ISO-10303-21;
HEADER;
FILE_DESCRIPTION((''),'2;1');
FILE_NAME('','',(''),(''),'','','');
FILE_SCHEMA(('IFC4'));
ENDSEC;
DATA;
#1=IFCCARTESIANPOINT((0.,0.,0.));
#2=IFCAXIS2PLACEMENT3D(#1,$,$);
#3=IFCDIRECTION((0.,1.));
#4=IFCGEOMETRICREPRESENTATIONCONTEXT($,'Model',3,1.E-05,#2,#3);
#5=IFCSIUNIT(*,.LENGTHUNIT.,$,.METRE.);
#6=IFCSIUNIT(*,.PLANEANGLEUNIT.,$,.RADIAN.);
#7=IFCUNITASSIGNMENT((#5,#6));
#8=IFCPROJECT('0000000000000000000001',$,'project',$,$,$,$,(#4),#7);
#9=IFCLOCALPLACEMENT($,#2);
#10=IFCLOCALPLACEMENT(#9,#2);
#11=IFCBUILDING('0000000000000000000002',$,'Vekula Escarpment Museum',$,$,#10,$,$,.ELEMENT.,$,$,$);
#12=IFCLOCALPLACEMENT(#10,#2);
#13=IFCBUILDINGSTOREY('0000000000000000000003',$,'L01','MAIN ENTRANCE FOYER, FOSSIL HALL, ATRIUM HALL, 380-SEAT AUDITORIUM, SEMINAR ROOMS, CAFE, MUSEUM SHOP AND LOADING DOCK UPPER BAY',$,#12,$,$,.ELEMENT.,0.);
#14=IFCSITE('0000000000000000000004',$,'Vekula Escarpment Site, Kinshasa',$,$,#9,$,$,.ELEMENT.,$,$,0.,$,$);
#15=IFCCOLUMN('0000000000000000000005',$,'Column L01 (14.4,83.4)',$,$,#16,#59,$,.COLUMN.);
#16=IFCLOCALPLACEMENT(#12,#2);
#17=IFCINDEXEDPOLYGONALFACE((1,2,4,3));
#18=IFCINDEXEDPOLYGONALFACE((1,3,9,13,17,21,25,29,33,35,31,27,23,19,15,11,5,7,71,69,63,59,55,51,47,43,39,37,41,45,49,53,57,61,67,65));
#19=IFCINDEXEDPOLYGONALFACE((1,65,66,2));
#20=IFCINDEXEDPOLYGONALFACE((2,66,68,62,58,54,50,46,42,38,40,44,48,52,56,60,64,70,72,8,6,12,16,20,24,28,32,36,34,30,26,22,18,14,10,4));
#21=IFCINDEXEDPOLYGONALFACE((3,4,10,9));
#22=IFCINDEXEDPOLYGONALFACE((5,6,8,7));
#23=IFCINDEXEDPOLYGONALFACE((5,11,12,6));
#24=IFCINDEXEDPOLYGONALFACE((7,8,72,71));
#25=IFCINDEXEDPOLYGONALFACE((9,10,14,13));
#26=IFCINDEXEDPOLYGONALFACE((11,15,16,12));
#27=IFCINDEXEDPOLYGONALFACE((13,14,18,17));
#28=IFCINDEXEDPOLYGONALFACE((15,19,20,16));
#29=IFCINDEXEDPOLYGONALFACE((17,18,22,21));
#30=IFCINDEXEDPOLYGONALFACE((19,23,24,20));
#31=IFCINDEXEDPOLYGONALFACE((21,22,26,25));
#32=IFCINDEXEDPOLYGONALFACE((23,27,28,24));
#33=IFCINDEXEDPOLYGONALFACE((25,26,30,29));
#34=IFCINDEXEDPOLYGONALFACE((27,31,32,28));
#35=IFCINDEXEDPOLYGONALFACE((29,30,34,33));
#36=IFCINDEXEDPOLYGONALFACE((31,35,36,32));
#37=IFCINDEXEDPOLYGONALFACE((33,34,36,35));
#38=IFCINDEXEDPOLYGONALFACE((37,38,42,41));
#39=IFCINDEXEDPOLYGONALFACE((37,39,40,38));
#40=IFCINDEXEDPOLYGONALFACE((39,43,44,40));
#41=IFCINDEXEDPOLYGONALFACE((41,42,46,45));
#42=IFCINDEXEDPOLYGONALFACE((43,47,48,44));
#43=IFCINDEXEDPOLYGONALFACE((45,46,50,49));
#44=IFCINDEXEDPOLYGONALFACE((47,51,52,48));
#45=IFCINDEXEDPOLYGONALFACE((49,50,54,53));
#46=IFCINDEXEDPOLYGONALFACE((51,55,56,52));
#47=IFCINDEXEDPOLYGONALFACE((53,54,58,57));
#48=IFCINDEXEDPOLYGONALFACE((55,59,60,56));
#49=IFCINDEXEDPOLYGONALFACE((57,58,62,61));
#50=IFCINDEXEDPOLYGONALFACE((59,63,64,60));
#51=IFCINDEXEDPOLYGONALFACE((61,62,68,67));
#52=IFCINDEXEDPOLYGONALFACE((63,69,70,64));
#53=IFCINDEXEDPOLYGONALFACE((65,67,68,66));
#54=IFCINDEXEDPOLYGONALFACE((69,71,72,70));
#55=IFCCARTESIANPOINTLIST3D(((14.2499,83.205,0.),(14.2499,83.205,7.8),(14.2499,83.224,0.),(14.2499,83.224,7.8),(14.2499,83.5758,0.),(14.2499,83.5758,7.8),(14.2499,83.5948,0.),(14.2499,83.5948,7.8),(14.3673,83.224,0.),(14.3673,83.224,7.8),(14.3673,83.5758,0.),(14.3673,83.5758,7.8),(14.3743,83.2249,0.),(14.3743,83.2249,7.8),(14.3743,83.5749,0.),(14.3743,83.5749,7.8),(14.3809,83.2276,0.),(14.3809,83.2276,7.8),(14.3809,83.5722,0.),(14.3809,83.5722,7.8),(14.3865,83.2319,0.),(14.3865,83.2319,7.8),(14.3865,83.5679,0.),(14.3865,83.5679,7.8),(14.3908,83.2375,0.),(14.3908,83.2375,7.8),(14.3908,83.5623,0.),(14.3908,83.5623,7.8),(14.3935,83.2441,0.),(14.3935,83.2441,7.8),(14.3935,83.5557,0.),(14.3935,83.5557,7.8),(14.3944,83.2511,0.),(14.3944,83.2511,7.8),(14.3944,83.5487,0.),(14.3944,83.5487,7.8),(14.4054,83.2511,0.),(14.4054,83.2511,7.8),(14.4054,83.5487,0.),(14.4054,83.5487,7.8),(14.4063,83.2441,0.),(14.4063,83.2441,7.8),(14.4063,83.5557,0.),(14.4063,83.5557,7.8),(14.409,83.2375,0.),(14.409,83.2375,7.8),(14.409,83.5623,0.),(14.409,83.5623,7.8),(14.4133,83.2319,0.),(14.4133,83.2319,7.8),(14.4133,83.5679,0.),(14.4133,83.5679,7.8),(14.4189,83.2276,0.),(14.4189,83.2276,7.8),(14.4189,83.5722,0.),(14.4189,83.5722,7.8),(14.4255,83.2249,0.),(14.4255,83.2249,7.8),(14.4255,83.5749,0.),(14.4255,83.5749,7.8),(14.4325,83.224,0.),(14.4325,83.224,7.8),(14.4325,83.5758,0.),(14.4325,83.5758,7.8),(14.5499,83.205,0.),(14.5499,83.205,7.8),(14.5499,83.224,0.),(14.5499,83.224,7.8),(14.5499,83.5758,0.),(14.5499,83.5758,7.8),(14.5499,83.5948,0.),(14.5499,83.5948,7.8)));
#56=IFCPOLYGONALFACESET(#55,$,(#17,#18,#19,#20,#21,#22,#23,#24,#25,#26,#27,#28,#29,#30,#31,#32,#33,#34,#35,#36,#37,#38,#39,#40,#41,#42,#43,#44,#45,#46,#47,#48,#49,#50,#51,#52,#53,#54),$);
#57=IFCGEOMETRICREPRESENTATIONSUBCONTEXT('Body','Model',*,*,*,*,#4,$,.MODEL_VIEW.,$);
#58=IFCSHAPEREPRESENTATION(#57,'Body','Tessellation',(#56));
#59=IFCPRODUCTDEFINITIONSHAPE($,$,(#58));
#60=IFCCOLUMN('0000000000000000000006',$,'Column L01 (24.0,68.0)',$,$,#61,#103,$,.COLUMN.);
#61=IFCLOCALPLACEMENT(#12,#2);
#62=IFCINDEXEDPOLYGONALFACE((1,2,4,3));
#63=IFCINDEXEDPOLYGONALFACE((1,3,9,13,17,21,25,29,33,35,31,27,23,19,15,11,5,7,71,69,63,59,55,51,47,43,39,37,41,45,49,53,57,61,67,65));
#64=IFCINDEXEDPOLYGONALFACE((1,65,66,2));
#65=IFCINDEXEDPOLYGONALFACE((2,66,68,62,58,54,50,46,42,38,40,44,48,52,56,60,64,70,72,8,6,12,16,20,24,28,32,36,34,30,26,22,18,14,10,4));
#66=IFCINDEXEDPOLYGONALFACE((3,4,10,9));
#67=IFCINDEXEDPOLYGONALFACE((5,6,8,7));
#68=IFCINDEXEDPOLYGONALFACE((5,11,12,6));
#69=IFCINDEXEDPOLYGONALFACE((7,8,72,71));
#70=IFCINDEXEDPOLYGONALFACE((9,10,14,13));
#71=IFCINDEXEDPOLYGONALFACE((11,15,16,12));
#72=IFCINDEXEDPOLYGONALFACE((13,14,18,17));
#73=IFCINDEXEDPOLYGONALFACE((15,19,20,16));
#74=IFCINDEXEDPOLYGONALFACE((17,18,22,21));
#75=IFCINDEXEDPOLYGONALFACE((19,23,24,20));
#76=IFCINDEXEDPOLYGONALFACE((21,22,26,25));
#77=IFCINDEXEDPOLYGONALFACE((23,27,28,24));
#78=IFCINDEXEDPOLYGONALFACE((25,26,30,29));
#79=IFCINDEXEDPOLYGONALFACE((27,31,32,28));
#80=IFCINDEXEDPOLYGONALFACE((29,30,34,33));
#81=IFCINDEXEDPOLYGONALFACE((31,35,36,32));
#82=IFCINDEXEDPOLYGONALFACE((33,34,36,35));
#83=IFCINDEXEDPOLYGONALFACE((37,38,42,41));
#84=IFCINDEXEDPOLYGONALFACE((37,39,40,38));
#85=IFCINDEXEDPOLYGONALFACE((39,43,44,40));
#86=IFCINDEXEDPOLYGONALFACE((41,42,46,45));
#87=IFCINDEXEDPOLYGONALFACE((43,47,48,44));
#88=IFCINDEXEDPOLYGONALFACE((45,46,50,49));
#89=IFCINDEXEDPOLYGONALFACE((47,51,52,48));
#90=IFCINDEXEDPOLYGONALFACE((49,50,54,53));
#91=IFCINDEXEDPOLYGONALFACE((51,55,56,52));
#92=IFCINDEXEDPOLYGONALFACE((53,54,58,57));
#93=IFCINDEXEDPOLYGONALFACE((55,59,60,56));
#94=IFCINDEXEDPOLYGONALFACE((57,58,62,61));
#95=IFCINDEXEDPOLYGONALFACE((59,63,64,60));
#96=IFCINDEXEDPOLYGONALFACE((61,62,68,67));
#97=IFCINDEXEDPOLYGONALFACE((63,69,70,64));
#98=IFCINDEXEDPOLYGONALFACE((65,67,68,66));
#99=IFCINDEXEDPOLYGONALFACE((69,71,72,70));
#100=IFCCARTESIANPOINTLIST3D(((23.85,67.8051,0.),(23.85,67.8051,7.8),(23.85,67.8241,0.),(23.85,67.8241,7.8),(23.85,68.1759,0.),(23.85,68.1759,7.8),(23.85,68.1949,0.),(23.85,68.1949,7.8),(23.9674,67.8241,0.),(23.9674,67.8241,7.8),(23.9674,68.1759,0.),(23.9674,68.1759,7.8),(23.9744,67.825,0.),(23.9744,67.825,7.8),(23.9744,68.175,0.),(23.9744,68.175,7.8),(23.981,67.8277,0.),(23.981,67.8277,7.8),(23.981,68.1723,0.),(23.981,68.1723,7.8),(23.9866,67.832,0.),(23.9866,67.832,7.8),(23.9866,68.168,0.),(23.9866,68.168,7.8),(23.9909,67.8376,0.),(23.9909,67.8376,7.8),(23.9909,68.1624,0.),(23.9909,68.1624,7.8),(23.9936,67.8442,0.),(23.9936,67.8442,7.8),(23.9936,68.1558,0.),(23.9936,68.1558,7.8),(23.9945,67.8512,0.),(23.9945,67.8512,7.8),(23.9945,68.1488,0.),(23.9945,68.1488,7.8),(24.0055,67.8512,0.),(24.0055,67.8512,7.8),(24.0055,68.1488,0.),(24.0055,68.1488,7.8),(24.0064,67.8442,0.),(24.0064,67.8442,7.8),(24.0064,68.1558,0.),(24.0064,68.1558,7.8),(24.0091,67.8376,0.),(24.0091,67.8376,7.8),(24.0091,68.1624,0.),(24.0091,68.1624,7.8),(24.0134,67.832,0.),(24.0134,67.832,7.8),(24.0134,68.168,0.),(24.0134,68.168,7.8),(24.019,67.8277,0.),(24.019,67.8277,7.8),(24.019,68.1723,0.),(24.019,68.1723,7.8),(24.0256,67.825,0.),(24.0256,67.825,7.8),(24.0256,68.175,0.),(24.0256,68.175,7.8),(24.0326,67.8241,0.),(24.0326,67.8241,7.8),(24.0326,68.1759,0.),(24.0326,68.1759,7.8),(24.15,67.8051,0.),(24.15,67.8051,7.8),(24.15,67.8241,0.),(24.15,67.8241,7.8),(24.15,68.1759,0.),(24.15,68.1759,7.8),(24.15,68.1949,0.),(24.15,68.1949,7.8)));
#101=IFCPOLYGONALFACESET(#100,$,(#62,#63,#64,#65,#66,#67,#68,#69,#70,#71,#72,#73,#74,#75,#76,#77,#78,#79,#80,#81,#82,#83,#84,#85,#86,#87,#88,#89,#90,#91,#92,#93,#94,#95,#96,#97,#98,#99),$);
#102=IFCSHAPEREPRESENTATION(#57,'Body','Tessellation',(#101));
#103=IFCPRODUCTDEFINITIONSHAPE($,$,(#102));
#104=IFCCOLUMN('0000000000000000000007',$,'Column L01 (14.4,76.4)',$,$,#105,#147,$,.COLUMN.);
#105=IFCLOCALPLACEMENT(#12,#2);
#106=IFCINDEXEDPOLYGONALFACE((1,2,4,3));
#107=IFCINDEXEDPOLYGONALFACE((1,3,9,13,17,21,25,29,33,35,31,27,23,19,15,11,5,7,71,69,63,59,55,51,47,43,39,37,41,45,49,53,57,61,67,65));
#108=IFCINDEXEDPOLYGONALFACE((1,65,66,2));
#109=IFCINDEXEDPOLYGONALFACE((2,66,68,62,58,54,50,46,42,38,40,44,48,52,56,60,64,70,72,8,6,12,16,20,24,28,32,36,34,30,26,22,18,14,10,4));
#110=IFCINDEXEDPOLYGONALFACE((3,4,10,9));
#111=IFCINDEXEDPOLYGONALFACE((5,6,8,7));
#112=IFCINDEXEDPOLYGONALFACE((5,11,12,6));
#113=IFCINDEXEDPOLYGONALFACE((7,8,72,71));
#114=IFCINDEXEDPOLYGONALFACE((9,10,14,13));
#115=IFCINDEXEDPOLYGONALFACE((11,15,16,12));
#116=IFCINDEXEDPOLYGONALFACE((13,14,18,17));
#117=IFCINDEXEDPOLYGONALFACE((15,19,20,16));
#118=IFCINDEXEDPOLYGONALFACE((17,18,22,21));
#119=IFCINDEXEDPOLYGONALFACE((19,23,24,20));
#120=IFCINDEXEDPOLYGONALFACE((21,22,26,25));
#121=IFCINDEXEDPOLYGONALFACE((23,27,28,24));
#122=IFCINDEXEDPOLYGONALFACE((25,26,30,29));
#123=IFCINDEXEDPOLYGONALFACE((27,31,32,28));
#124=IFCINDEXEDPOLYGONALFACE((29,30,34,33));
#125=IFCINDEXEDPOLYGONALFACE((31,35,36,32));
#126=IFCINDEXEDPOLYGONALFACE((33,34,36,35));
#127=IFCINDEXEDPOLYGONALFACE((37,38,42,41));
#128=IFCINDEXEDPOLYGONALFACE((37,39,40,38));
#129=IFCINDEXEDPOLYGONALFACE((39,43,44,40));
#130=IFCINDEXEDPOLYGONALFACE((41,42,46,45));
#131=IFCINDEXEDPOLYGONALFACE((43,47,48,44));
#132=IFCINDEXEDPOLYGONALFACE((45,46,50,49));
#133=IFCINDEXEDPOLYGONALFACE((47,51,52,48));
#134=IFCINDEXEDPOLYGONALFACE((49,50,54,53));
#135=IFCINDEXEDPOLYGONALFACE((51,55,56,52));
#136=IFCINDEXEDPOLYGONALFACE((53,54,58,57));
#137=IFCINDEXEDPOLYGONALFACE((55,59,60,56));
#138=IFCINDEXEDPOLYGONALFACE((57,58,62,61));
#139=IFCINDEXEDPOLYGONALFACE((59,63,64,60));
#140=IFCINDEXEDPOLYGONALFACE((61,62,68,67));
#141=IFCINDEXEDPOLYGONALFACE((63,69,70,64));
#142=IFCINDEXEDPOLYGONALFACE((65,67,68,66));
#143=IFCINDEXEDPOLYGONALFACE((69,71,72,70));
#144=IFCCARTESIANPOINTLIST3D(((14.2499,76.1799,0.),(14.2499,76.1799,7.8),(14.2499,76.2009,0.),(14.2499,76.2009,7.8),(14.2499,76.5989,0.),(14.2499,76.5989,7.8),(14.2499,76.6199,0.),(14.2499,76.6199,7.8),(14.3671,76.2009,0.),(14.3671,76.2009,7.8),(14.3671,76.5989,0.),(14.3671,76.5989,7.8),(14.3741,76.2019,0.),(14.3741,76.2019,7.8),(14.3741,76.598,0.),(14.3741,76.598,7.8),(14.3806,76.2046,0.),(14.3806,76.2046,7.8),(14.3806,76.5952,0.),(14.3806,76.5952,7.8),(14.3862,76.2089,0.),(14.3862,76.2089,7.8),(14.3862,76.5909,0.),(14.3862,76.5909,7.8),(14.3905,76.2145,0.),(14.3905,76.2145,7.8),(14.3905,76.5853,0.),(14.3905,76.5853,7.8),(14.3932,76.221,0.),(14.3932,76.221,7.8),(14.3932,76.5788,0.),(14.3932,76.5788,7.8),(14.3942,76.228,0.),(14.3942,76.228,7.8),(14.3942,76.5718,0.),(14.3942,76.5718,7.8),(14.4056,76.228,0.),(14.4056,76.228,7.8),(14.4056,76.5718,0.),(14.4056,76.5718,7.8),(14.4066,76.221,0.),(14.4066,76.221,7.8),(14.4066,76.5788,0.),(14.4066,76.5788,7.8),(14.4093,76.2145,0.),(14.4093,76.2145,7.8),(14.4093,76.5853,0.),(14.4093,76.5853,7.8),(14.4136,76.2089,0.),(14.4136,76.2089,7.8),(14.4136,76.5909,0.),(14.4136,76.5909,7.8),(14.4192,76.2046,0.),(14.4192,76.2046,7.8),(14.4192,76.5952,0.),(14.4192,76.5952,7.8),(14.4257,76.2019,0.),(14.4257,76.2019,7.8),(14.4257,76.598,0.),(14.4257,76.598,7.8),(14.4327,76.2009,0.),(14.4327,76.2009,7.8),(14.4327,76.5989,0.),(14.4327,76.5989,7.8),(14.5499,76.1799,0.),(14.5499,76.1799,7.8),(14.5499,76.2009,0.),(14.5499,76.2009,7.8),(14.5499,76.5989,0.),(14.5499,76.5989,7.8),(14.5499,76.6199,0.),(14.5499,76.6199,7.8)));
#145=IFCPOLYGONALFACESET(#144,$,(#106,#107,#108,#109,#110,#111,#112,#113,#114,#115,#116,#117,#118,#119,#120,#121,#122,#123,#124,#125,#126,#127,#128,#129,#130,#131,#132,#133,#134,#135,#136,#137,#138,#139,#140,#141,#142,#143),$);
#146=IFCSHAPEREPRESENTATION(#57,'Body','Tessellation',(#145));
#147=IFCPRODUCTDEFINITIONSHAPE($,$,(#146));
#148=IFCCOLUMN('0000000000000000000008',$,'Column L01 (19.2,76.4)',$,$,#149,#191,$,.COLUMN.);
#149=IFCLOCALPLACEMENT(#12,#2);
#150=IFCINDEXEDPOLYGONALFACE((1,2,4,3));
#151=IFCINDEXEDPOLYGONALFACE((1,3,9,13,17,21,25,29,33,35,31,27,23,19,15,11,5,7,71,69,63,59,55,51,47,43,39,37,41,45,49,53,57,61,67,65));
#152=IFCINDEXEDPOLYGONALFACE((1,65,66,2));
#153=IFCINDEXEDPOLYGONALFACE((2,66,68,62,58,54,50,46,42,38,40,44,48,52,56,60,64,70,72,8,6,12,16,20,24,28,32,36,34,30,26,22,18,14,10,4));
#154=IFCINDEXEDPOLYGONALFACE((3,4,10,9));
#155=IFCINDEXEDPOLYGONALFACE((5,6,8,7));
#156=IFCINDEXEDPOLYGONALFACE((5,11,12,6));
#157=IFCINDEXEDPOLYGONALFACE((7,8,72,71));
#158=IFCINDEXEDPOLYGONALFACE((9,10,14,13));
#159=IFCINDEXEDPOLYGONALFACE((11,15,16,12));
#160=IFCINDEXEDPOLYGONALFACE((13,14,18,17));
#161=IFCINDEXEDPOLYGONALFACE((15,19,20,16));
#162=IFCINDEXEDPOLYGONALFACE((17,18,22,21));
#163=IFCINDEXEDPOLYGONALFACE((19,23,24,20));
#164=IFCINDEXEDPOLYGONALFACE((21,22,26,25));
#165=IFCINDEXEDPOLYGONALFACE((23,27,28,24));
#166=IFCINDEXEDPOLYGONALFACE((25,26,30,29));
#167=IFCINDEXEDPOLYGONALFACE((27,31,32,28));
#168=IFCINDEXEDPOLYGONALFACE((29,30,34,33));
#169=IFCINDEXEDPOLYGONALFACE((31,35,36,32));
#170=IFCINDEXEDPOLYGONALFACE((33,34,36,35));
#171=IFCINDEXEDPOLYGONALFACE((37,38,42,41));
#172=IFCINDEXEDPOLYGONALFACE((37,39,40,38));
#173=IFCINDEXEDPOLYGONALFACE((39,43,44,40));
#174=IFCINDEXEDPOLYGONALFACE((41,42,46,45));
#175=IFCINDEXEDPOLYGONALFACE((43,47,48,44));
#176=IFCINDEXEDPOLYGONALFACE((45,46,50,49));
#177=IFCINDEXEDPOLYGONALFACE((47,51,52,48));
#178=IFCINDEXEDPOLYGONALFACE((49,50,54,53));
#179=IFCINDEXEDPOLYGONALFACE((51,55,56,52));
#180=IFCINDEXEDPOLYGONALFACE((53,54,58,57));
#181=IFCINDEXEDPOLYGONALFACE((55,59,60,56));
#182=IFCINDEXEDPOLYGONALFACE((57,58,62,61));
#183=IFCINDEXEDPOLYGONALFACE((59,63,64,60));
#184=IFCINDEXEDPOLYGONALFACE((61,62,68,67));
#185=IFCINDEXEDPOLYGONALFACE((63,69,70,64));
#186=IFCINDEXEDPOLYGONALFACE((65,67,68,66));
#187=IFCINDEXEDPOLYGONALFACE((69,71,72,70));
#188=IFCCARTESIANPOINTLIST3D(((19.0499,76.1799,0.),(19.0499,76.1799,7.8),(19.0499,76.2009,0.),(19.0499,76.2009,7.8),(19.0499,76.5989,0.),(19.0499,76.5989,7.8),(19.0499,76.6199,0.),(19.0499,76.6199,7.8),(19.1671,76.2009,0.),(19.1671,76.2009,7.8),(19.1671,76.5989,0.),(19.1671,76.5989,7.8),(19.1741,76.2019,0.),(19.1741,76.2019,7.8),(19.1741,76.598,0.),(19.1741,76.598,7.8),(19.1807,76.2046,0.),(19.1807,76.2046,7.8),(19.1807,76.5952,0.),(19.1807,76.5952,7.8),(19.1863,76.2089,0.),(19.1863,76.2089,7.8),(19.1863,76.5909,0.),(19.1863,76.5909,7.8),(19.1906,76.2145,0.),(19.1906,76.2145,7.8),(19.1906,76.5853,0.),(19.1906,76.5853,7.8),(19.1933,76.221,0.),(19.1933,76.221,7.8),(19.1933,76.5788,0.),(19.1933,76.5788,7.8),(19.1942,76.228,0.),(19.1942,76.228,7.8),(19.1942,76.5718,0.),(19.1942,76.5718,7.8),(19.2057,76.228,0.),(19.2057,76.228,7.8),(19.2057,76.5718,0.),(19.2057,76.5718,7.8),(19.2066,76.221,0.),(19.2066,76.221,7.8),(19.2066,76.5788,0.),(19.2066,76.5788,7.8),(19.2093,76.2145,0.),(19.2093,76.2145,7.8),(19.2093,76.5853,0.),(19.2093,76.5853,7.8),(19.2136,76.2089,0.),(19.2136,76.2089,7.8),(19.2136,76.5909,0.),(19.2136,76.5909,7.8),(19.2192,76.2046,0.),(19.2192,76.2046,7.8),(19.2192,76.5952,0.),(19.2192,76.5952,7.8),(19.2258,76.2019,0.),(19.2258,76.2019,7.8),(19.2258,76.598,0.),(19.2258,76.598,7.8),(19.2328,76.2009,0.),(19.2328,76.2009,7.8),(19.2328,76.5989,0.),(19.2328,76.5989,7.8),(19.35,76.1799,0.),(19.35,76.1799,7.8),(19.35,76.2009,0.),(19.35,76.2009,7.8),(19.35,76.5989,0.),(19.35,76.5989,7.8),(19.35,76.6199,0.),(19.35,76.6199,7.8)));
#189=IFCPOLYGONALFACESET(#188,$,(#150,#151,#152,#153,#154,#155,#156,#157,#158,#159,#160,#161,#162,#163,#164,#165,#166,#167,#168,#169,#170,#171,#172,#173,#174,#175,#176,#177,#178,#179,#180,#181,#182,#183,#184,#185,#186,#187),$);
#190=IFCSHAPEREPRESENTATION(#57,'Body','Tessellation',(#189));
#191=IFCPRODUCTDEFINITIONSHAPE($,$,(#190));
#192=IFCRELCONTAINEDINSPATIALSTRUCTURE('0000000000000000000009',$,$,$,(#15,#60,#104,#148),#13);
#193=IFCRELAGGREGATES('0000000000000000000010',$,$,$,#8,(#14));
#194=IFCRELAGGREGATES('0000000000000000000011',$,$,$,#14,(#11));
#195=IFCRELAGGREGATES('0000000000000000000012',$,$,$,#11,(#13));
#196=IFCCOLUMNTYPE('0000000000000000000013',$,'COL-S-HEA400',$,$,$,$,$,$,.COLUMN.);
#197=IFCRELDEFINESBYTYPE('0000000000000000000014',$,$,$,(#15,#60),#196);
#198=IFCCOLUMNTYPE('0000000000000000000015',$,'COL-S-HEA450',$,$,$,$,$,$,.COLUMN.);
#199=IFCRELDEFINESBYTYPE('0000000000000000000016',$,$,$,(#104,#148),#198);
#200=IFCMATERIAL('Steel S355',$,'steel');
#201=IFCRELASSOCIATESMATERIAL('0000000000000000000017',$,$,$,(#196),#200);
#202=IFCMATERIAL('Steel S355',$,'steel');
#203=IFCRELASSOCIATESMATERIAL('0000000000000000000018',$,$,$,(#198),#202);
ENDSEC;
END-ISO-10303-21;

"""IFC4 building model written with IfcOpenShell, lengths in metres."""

from ifc_helpers import new_model, si_unit, direction, frame, origin, origin_2d, place, context, subcontext, project, spatial, i_section, extrude, material, material_profile, profile_set, type_object, element, save


model = new_model("IFC4")

# Units and contexts
model_context = context("Model", 3, precision=1e-05, world=origin(), true_north=direction((0.0, 1.0)))
body_context = subcontext(model_context, "Body", "Model", "MODEL_VIEW")
ifc_project = project(units=[si_unit("LENGTHUNIT", "METRE"), si_unit("PLANEANGLEUNIT", "RADIAN")], contexts=[model_context])

# Site, building, storey
site_placement = place(None, origin())
site = spatial("IfcSite", under=ifc_project, at=site_placement, Name="Vekula Escarpment Site, Kinshasa", CompositionType="ELEMENT", RefElevation=0.0)
building_placement = place(site_placement, origin())
building = spatial("IfcBuilding", under=site, at=building_placement, Name="Vekula Escarpment Museum", CompositionType="ELEMENT")
storey_placement = place(building_placement, origin())
storey = spatial("IfcBuildingStorey", under=building, at=storey_placement, Name="L01", Description="MAIN ENTRANCE FOYER, FOSSIL HALL, ATRIUM HALL, 380-SEAT AUDITORIUM, SEMINAR ROOMS, CAFE, MUSEUM SHOP AND LOADING DOCK UPPER BAY", CompositionType="ELEMENT", Elevation=0.0)

# Columns
ifc_material_1 = material(Name="Steel S355", Category="steel")
ifc_material_profile_1 = material_profile(ifc_material_1, i_section(OverallWidth=0.3, OverallDepth=0.3899, WebThickness=0.011, FlangeThickness=0.019, FilletRadius=0.0271, at=origin_2d()), Name="HEA 400")
ifc_profile_set_1 = profile_set([ifc_material_profile_1], Name="Steel S355")
column_type_1 = type_object("IfcColumnType", Name="COL-S-HEA400", PredefinedType="COLUMN", material=ifc_profile_set_1)
for number, where, z_axis, x_axis, name in (
    (1, (14.3999, 83.3999, 0.0), (0.0, 0.0, 1.0), (1.0, 0.0, 0.0), "Column L01 (14.4,83.4)"),
    (2, (24.0, 68.0, 0.0), (0.0, 0.0, 1.0), (1.0, 0.0, 0.0), "Column L01 (24.0,68.0)"),
):
    element("IfcColumn", number, at=place(storey_placement, frame(where, z_axis=z_axis, x_axis=x_axis)), inside=storey, type_object=column_type_1, Name=name, PredefinedType="COLUMN", context=body_context, shape_type="SweptSolid", body=[
        extrude(i_section(OverallWidth=0.3, OverallDepth=0.3899, WebThickness=0.011, FlangeThickness=0.019, FilletRadius=0.0271, at=origin_2d()), origin(), (0.0, 0.0, 1.0), 7.8),
    ])
ifc_material_2 = material(Name="Steel S355", Category="steel")
ifc_material_profile_2 = material_profile(ifc_material_2, i_section(OverallWidth=0.3, OverallDepth=0.4399, WebThickness=0.0115, FlangeThickness=0.021, FilletRadius=0.0271, at=origin_2d()), Name="HEA 450")
ifc_profile_set_2 = profile_set([ifc_material_profile_2], Name="Steel S355")
column_type_2 = type_object("IfcColumnType", Name="COL-S-HEA450", PredefinedType="COLUMN", material=ifc_profile_set_2)
for number, where, z_axis, x_axis, name in (
    (3, (14.3999, 76.3999, 0.0), (0.0, 0.0, 1.0), (1.0, 0.0, 0.0), "Column L01 (14.4,76.4)"),
    (4, (19.2, 76.3999, 0.0), (0.0, 0.0, 1.0), (1.0, 0.0, 0.0), "Column L01 (19.2,76.4)"),
):
    element("IfcColumn", number, at=place(storey_placement, frame(where, z_axis=z_axis, x_axis=x_axis)), inside=storey, type_object=column_type_2, Name=name, PredefinedType="COLUMN", context=body_context, shape_type="SweptSolid", body=[
        extrude(i_section(OverallWidth=0.3, OverallDepth=0.4399, WebThickness=0.0115, FlangeThickness=0.021, FilletRadius=0.0271, at=origin_2d()), origin(), (0.0, 0.0, 1.0), 7.8),
    ])

save(model, "model.ifc")
